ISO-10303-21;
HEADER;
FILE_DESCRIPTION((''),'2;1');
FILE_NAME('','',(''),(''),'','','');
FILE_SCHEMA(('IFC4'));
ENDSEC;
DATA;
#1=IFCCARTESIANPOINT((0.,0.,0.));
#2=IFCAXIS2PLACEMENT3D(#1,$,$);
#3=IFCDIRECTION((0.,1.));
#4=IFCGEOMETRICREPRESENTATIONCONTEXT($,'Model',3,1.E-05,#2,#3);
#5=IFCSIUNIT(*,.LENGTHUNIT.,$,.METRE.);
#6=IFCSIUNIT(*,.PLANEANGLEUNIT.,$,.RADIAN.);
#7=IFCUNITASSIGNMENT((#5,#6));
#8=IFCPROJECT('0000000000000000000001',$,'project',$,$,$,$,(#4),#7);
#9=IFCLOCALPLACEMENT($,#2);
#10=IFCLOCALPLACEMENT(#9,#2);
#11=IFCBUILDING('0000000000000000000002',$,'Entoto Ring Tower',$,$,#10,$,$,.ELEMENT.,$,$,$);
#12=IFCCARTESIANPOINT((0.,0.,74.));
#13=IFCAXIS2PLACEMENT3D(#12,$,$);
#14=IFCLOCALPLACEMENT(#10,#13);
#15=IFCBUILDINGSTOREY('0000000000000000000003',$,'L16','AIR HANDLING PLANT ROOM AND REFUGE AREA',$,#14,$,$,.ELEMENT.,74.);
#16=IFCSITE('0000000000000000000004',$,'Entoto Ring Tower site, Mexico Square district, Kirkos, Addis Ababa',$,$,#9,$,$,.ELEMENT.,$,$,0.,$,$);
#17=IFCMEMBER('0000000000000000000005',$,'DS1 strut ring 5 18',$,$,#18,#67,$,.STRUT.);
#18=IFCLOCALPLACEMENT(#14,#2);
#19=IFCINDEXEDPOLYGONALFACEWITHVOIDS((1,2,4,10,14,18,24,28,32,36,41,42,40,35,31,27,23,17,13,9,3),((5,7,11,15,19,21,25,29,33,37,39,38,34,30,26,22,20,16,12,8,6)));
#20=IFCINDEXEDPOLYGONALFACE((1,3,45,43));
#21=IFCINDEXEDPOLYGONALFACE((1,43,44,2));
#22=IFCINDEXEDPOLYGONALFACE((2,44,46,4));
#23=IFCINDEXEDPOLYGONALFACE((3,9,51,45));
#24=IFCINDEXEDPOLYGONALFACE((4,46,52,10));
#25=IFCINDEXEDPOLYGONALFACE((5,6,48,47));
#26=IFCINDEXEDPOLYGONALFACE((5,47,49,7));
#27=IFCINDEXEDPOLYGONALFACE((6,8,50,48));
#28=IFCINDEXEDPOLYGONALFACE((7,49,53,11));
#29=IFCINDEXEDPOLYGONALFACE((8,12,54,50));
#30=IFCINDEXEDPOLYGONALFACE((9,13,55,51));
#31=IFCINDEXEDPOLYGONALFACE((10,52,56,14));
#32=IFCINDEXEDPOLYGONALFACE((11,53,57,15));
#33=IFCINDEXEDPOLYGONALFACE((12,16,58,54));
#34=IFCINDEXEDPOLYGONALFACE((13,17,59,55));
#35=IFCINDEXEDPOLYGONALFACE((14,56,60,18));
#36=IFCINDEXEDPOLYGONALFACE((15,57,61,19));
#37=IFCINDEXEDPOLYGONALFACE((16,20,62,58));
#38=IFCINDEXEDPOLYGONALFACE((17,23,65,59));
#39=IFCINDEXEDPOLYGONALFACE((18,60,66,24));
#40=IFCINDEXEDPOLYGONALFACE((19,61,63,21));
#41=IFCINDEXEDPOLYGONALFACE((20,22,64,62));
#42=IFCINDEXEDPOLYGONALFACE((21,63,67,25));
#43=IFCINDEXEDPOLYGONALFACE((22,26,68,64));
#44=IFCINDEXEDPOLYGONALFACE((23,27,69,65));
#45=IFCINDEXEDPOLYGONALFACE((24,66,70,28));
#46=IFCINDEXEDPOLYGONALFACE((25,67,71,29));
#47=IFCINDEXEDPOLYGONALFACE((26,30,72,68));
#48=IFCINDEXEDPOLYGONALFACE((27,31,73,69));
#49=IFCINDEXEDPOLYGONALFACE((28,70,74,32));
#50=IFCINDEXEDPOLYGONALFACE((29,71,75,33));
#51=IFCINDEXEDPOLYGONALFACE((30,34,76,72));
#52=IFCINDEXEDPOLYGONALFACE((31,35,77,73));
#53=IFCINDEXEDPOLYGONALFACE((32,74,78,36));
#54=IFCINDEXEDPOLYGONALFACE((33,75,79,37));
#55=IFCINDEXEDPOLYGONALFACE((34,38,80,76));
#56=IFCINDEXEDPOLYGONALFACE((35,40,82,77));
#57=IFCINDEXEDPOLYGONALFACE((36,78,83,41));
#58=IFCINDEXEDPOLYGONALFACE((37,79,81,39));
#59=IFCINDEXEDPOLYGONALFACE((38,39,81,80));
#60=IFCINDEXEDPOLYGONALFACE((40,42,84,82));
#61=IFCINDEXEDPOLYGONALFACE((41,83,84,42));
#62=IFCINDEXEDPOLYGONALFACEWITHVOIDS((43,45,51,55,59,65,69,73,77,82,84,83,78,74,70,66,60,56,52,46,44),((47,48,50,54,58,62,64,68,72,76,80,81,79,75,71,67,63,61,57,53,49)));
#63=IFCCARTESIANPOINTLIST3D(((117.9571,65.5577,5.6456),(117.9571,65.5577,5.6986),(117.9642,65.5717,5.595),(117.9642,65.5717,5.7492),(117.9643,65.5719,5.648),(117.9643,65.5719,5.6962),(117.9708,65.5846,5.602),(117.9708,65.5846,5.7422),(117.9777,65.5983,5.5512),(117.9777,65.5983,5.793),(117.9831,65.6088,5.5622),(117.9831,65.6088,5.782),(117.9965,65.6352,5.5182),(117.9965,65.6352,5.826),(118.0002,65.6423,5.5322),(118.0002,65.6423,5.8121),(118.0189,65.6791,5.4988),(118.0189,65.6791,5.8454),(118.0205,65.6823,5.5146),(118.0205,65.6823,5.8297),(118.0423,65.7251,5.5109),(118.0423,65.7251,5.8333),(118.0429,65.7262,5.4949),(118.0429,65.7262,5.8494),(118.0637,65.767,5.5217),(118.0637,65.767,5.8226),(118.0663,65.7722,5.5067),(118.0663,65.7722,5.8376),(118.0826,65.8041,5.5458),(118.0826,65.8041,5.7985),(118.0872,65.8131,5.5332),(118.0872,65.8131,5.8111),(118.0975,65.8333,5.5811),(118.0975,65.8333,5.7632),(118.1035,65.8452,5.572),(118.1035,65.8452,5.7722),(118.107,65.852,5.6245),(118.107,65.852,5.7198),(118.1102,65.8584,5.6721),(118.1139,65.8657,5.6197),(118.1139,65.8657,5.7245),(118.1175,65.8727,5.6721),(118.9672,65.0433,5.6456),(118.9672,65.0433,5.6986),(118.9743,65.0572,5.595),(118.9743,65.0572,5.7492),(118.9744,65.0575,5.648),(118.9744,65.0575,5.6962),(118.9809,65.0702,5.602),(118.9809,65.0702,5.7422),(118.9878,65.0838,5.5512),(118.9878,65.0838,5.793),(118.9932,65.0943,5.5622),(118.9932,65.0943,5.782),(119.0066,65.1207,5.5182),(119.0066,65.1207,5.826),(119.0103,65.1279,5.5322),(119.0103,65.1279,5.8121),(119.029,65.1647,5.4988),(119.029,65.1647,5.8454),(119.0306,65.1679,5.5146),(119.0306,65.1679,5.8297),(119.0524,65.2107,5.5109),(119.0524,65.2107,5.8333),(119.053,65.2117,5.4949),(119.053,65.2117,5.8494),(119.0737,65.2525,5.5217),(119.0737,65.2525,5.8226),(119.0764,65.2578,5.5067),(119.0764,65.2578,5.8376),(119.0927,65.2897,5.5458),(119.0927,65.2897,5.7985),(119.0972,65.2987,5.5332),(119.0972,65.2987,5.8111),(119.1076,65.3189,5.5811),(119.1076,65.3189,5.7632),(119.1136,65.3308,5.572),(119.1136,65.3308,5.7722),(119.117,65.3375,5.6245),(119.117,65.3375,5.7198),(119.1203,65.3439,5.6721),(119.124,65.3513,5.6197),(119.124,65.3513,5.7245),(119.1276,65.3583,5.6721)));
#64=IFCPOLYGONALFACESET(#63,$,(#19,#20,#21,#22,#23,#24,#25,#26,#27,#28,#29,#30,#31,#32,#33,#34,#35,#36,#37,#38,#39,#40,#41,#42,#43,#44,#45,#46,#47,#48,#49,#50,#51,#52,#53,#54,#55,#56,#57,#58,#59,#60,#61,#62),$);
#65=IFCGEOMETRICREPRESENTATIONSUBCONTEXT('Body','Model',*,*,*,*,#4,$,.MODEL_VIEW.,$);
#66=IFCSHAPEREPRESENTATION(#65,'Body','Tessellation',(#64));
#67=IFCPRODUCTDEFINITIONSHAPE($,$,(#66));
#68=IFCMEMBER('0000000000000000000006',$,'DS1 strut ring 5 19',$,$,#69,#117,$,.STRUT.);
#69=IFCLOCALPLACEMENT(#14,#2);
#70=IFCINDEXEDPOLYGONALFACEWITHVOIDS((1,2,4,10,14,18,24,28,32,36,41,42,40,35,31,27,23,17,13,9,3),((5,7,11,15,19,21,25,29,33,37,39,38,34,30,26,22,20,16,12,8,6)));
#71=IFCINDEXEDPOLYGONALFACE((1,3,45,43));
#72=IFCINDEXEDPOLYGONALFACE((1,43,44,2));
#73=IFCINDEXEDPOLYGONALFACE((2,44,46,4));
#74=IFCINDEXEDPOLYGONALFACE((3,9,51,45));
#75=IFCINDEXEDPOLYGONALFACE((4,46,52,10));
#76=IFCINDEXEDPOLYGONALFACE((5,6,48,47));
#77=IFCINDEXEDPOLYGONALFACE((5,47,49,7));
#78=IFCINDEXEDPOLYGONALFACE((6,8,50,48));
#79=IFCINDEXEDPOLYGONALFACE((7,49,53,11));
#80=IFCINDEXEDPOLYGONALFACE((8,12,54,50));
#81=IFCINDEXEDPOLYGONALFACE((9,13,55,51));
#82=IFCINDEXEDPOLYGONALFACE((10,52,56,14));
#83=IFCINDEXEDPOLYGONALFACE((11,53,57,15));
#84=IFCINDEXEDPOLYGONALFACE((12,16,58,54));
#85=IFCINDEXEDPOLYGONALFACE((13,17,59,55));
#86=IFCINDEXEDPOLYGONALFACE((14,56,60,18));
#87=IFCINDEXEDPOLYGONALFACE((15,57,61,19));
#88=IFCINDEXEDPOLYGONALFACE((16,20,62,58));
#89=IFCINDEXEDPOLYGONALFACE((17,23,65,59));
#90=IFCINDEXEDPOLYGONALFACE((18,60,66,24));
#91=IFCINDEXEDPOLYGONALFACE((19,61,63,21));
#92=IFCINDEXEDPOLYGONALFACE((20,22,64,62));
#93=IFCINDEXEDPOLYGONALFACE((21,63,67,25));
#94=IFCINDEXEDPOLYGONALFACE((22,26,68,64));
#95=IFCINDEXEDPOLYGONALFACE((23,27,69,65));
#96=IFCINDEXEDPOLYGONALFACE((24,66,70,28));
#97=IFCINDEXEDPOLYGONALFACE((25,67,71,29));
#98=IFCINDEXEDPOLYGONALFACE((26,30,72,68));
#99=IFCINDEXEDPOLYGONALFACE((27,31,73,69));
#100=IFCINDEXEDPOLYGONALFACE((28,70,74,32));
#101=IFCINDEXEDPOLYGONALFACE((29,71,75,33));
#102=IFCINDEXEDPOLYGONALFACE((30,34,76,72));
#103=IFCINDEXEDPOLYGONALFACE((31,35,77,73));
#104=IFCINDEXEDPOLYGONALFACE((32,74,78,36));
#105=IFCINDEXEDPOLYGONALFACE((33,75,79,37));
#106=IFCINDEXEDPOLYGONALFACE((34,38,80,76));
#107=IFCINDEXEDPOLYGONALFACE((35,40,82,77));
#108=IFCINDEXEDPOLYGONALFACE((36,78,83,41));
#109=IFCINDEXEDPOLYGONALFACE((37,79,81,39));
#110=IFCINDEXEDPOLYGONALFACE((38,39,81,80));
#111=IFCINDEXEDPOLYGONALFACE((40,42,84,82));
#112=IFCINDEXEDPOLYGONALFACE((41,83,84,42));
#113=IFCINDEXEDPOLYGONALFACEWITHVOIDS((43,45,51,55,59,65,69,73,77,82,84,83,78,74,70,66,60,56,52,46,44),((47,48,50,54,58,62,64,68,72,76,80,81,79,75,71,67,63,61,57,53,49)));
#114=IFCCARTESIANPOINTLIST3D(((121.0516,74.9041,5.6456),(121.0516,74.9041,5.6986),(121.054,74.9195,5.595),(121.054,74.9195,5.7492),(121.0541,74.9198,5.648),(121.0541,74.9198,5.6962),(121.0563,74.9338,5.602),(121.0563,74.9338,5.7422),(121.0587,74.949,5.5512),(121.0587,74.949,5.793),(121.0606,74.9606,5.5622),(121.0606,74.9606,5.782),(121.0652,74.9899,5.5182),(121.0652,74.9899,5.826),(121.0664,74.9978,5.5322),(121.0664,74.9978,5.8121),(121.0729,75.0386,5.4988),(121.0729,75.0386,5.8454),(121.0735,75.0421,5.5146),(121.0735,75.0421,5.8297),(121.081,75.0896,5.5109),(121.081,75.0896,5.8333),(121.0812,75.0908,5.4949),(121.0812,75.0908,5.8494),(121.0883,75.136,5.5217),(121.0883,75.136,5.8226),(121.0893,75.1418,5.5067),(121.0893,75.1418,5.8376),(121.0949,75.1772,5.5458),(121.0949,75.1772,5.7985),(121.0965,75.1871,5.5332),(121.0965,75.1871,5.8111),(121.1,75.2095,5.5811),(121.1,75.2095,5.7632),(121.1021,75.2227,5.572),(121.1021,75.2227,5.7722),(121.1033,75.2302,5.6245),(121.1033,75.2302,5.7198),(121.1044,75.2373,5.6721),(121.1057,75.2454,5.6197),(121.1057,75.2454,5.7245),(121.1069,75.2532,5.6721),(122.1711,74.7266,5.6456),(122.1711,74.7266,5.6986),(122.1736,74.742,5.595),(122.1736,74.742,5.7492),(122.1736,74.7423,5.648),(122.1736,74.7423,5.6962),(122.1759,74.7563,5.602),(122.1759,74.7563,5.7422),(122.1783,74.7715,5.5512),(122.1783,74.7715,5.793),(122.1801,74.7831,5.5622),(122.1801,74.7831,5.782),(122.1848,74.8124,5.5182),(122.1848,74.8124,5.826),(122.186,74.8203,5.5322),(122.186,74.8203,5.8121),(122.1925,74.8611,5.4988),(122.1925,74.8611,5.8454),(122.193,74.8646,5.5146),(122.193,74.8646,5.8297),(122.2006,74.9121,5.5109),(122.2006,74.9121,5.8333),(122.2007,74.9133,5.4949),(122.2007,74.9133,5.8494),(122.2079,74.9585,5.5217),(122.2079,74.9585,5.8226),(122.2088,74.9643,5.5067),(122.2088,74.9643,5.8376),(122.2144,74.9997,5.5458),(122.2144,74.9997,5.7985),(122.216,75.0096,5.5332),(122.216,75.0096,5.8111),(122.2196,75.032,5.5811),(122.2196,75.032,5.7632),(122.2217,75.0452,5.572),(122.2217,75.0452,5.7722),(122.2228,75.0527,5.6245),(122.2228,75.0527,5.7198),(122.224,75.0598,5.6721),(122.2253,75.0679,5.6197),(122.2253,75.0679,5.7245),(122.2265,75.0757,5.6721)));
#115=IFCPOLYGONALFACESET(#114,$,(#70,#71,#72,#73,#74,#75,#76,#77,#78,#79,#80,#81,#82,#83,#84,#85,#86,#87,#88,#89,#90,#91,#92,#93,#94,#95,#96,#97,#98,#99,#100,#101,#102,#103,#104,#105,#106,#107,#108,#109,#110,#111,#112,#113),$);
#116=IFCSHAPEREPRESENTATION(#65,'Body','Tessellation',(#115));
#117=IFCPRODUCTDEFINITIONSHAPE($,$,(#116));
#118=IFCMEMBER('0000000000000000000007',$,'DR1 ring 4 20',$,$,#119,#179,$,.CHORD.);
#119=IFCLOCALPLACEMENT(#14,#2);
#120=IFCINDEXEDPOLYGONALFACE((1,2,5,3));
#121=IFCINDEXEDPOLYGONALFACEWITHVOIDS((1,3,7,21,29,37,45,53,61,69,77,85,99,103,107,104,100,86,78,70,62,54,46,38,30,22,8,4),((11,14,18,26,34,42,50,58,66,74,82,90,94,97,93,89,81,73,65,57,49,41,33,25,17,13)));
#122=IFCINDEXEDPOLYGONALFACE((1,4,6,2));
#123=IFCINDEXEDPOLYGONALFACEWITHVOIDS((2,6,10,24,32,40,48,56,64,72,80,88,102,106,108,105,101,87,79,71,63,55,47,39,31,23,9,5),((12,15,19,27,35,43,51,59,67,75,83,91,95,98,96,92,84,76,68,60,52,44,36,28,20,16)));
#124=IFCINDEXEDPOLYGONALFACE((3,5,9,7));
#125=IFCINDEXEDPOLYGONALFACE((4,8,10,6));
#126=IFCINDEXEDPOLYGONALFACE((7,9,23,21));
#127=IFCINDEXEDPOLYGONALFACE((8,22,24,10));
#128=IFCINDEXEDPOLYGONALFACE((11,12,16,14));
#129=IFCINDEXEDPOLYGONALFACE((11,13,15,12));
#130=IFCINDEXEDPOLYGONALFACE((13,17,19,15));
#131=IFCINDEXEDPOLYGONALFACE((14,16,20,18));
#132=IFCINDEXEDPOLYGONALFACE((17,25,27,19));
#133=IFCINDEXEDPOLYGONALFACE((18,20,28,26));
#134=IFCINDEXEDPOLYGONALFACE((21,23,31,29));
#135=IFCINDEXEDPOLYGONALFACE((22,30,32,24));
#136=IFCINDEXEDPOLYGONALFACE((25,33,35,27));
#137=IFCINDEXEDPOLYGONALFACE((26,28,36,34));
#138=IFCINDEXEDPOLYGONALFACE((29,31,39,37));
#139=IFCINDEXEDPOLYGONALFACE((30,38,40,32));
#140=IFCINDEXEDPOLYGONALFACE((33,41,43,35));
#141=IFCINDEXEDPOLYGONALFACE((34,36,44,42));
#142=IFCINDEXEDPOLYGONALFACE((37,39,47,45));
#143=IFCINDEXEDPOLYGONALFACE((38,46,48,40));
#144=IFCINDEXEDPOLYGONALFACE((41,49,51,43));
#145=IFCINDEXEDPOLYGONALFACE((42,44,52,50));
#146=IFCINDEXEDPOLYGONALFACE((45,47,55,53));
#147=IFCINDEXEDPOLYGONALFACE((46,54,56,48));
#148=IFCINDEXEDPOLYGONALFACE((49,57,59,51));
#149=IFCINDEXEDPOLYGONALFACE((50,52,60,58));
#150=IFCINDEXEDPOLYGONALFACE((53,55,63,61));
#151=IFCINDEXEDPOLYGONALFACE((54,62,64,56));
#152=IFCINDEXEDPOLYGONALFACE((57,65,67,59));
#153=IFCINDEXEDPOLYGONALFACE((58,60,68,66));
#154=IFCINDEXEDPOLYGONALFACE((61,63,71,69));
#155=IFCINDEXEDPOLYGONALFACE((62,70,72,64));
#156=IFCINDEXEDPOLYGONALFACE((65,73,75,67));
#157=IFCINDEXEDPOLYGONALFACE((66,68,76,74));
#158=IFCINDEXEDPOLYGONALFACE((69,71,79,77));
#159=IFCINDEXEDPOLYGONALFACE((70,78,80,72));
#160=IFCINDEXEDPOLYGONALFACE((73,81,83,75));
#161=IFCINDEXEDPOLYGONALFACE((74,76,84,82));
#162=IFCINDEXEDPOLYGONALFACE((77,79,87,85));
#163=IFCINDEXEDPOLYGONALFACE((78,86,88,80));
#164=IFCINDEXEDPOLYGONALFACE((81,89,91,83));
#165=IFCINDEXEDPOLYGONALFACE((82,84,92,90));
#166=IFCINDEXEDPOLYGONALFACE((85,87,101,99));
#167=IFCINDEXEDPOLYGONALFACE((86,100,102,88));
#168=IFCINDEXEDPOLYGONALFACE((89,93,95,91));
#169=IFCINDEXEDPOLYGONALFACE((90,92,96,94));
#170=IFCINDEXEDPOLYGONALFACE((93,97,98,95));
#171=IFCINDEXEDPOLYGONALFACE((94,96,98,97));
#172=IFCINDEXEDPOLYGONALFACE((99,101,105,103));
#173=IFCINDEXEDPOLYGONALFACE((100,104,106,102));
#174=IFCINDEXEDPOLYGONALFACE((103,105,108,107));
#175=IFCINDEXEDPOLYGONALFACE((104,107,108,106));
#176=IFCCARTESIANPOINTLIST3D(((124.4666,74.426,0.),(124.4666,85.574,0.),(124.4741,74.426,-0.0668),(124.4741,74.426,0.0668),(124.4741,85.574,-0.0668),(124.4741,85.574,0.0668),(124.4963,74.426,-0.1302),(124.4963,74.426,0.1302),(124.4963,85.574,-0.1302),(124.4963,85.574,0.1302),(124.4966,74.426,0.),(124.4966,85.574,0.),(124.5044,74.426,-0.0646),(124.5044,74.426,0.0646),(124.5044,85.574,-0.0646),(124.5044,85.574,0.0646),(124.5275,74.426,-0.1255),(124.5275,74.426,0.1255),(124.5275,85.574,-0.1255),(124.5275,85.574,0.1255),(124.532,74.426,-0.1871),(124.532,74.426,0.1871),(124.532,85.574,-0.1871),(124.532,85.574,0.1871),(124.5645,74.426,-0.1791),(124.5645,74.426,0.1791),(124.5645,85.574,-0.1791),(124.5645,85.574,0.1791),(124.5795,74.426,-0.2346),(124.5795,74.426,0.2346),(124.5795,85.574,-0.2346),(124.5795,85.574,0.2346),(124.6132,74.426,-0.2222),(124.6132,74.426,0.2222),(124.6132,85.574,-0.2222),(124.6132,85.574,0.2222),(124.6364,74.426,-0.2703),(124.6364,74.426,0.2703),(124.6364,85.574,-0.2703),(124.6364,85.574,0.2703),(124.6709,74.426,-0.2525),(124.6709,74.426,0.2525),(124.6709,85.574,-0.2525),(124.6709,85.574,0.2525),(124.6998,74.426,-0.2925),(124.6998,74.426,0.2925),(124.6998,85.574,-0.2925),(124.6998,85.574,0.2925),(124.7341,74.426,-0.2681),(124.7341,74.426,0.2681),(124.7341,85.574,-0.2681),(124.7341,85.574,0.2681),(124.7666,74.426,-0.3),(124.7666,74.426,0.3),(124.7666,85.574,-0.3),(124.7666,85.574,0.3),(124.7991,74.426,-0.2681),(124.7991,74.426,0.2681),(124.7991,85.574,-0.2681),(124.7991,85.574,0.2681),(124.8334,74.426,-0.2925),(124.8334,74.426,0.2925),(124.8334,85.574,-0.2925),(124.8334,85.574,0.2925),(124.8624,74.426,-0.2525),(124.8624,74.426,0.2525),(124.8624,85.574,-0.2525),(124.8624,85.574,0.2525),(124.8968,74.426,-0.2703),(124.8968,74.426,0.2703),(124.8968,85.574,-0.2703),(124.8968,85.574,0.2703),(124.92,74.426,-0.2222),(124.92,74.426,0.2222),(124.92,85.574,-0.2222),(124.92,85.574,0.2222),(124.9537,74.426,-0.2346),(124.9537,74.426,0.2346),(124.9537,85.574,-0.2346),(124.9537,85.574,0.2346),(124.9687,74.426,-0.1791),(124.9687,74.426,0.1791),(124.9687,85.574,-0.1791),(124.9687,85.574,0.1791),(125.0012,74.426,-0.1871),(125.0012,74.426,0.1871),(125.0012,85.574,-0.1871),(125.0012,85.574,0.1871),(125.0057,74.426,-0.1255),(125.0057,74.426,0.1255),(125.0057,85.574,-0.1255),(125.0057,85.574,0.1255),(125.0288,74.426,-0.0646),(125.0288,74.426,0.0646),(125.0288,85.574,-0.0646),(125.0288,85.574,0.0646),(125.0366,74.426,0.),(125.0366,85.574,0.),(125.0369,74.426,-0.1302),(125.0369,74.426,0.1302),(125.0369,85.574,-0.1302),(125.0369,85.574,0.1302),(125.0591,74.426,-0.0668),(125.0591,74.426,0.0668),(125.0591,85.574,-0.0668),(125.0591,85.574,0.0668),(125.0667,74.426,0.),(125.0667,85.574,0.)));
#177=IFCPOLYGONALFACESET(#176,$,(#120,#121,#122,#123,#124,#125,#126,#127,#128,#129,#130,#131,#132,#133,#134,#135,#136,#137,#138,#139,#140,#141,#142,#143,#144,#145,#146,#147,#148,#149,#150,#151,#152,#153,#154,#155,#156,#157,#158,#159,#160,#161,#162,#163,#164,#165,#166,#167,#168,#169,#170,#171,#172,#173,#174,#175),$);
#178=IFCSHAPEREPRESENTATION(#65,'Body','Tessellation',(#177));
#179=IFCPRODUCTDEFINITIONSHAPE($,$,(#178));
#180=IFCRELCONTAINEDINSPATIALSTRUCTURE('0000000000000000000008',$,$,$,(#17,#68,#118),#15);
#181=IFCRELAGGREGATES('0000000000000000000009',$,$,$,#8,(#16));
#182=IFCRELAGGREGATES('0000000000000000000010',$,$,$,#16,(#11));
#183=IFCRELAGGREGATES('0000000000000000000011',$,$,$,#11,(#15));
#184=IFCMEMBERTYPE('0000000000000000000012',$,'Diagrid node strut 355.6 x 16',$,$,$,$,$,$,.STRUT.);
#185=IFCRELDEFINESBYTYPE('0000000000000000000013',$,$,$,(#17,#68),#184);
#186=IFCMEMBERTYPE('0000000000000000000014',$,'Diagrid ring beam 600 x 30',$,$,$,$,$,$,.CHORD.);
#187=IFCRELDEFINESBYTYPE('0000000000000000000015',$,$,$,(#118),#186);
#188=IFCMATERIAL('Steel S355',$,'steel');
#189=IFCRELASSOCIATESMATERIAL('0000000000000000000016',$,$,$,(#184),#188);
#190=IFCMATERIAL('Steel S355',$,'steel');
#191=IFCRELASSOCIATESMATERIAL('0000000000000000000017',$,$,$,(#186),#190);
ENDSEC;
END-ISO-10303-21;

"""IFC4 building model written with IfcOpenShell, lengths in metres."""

from ifc_helpers import new_model, si_unit, direction, frame, origin, origin_2d, place, context, subcontext, project, spatial, circle, hollow_circle, extrude, material, material_profile, profile_set, type_object, element, save


model = new_model("IFC4")

# Units and contexts
model_context = context("Model", 3, precision=1e-05, world=origin(), true_north=direction((0.0, 1.0)))
body_context = subcontext(model_context, "Body", "Model", "MODEL_VIEW")
ifc_project = project(units=[si_unit("LENGTHUNIT", "METRE"), si_unit("PLANEANGLEUNIT", "RADIAN")], contexts=[model_context])

# Site, building, storey
site_placement = place(None, origin())
site = spatial("IfcSite", under=ifc_project, at=site_placement, Name="Entoto Ring Tower site, Mexico Square district, Kirkos, Addis Ababa", CompositionType="ELEMENT", RefElevation=0.0)
building_placement = place(site_placement, origin())
building = spatial("IfcBuilding", under=site, at=building_placement, Name="Entoto Ring Tower", CompositionType="ELEMENT")
storey_placement = place(building_placement, frame((0.0, 0.0, 74.0)))
storey = spatial("IfcBuildingStorey", under=building, at=storey_placement, Name="L16", Description="AIR HANDLING PLANT ROOM AND REFUGE AREA", CompositionType="ELEMENT", Elevation=74.0)

# Members
ifc_material_1 = material(Name="Steel S355", Category="steel")
ifc_material_profile_1 = material_profile(ifc_material_1, hollow_circle(Radius=0.1777, WallThickness=0.0161, at=origin_2d()), Name="CHS 355.6 x 16")
ifc_material_2 = material(Name="Concrete C60/75", Category="concrete")
ifc_material_profile_2 = material_profile(ifc_material_2, circle(Radius=0.1619, at=origin_2d()), Name="Concrete C60/75 infill")
ifc_profile_set_1 = profile_set([ifc_material_profile_1, ifc_material_profile_2], Name="Steel S355")
member_type_1 = type_object("IfcMemberType", Name="Diagrid node strut 355.6 x 16", PredefinedType="STRUT", material=ifc_profile_set_1)
for number, where, z_axis, x_axis, name in (
    (1, (118.0369, 65.7144, 5.6721), (0.891086, -0.453835, 0.0), (0.453835, 0.891086, 0.0), "DS1 strut ring 5 18"),
    (2, (121.0791, 75.0776, 5.6721), (0.987667, -0.156571, 0.0), (0.156571, 0.987667, 0.0), "DS1 strut ring 5 19"),
):
    element("IfcMember", number, at=place(storey_placement, frame(where, z_axis=z_axis, x_axis=x_axis)), inside=storey, type_object=member_type_1, Name=name, PredefinedType="STRUT", context=body_context, shape_type="SweptSolid", body=[
        extrude(hollow_circle(Radius=0.1777, WallThickness=0.0161, at=origin_2d()), origin(), (0.0, 0.0, 1.0), 1.1335),
    ])
ifc_material_3 = material(Name="Steel S355", Category="steel")
ifc_material_profile_3 = material_profile(ifc_material_3, hollow_circle(Radius=0.3, WallThickness=0.03, at=origin_2d()), Name="CHS 600 x 30")
ifc_material_4 = material(Name="Concrete C60/75", Category="concrete")
ifc_material_profile_4 = material_profile(ifc_material_4, circle(Radius=0.27, at=origin_2d()), Name="Concrete C60/75 infill")
ifc_profile_set_2 = profile_set([ifc_material_profile_3, ifc_material_profile_4], Name="Steel S355")
member_type_2 = type_object("IfcMemberType", Name="Diagrid ring beam 600 x 30", PredefinedType="CHORD", material=ifc_profile_set_2)
member_1_placement = place(storey_placement, frame((124.7666, 74.426, 0.0), z_axis=(0.0, 1.0, 0.0), x_axis=(-1.0, 0.0, 0.0)))
element("IfcMember", 3, at=member_1_placement, inside=storey, type_object=member_type_2, Name="DR1 ring 4 20", PredefinedType="CHORD", context=body_context, shape_type="SweptSolid", body=[
    extrude(hollow_circle(Radius=0.3, WallThickness=0.03, at=origin_2d()), origin(), (0.0, 0.0, 1.0), 11.1479),
])

save(model, "model.ifc")
